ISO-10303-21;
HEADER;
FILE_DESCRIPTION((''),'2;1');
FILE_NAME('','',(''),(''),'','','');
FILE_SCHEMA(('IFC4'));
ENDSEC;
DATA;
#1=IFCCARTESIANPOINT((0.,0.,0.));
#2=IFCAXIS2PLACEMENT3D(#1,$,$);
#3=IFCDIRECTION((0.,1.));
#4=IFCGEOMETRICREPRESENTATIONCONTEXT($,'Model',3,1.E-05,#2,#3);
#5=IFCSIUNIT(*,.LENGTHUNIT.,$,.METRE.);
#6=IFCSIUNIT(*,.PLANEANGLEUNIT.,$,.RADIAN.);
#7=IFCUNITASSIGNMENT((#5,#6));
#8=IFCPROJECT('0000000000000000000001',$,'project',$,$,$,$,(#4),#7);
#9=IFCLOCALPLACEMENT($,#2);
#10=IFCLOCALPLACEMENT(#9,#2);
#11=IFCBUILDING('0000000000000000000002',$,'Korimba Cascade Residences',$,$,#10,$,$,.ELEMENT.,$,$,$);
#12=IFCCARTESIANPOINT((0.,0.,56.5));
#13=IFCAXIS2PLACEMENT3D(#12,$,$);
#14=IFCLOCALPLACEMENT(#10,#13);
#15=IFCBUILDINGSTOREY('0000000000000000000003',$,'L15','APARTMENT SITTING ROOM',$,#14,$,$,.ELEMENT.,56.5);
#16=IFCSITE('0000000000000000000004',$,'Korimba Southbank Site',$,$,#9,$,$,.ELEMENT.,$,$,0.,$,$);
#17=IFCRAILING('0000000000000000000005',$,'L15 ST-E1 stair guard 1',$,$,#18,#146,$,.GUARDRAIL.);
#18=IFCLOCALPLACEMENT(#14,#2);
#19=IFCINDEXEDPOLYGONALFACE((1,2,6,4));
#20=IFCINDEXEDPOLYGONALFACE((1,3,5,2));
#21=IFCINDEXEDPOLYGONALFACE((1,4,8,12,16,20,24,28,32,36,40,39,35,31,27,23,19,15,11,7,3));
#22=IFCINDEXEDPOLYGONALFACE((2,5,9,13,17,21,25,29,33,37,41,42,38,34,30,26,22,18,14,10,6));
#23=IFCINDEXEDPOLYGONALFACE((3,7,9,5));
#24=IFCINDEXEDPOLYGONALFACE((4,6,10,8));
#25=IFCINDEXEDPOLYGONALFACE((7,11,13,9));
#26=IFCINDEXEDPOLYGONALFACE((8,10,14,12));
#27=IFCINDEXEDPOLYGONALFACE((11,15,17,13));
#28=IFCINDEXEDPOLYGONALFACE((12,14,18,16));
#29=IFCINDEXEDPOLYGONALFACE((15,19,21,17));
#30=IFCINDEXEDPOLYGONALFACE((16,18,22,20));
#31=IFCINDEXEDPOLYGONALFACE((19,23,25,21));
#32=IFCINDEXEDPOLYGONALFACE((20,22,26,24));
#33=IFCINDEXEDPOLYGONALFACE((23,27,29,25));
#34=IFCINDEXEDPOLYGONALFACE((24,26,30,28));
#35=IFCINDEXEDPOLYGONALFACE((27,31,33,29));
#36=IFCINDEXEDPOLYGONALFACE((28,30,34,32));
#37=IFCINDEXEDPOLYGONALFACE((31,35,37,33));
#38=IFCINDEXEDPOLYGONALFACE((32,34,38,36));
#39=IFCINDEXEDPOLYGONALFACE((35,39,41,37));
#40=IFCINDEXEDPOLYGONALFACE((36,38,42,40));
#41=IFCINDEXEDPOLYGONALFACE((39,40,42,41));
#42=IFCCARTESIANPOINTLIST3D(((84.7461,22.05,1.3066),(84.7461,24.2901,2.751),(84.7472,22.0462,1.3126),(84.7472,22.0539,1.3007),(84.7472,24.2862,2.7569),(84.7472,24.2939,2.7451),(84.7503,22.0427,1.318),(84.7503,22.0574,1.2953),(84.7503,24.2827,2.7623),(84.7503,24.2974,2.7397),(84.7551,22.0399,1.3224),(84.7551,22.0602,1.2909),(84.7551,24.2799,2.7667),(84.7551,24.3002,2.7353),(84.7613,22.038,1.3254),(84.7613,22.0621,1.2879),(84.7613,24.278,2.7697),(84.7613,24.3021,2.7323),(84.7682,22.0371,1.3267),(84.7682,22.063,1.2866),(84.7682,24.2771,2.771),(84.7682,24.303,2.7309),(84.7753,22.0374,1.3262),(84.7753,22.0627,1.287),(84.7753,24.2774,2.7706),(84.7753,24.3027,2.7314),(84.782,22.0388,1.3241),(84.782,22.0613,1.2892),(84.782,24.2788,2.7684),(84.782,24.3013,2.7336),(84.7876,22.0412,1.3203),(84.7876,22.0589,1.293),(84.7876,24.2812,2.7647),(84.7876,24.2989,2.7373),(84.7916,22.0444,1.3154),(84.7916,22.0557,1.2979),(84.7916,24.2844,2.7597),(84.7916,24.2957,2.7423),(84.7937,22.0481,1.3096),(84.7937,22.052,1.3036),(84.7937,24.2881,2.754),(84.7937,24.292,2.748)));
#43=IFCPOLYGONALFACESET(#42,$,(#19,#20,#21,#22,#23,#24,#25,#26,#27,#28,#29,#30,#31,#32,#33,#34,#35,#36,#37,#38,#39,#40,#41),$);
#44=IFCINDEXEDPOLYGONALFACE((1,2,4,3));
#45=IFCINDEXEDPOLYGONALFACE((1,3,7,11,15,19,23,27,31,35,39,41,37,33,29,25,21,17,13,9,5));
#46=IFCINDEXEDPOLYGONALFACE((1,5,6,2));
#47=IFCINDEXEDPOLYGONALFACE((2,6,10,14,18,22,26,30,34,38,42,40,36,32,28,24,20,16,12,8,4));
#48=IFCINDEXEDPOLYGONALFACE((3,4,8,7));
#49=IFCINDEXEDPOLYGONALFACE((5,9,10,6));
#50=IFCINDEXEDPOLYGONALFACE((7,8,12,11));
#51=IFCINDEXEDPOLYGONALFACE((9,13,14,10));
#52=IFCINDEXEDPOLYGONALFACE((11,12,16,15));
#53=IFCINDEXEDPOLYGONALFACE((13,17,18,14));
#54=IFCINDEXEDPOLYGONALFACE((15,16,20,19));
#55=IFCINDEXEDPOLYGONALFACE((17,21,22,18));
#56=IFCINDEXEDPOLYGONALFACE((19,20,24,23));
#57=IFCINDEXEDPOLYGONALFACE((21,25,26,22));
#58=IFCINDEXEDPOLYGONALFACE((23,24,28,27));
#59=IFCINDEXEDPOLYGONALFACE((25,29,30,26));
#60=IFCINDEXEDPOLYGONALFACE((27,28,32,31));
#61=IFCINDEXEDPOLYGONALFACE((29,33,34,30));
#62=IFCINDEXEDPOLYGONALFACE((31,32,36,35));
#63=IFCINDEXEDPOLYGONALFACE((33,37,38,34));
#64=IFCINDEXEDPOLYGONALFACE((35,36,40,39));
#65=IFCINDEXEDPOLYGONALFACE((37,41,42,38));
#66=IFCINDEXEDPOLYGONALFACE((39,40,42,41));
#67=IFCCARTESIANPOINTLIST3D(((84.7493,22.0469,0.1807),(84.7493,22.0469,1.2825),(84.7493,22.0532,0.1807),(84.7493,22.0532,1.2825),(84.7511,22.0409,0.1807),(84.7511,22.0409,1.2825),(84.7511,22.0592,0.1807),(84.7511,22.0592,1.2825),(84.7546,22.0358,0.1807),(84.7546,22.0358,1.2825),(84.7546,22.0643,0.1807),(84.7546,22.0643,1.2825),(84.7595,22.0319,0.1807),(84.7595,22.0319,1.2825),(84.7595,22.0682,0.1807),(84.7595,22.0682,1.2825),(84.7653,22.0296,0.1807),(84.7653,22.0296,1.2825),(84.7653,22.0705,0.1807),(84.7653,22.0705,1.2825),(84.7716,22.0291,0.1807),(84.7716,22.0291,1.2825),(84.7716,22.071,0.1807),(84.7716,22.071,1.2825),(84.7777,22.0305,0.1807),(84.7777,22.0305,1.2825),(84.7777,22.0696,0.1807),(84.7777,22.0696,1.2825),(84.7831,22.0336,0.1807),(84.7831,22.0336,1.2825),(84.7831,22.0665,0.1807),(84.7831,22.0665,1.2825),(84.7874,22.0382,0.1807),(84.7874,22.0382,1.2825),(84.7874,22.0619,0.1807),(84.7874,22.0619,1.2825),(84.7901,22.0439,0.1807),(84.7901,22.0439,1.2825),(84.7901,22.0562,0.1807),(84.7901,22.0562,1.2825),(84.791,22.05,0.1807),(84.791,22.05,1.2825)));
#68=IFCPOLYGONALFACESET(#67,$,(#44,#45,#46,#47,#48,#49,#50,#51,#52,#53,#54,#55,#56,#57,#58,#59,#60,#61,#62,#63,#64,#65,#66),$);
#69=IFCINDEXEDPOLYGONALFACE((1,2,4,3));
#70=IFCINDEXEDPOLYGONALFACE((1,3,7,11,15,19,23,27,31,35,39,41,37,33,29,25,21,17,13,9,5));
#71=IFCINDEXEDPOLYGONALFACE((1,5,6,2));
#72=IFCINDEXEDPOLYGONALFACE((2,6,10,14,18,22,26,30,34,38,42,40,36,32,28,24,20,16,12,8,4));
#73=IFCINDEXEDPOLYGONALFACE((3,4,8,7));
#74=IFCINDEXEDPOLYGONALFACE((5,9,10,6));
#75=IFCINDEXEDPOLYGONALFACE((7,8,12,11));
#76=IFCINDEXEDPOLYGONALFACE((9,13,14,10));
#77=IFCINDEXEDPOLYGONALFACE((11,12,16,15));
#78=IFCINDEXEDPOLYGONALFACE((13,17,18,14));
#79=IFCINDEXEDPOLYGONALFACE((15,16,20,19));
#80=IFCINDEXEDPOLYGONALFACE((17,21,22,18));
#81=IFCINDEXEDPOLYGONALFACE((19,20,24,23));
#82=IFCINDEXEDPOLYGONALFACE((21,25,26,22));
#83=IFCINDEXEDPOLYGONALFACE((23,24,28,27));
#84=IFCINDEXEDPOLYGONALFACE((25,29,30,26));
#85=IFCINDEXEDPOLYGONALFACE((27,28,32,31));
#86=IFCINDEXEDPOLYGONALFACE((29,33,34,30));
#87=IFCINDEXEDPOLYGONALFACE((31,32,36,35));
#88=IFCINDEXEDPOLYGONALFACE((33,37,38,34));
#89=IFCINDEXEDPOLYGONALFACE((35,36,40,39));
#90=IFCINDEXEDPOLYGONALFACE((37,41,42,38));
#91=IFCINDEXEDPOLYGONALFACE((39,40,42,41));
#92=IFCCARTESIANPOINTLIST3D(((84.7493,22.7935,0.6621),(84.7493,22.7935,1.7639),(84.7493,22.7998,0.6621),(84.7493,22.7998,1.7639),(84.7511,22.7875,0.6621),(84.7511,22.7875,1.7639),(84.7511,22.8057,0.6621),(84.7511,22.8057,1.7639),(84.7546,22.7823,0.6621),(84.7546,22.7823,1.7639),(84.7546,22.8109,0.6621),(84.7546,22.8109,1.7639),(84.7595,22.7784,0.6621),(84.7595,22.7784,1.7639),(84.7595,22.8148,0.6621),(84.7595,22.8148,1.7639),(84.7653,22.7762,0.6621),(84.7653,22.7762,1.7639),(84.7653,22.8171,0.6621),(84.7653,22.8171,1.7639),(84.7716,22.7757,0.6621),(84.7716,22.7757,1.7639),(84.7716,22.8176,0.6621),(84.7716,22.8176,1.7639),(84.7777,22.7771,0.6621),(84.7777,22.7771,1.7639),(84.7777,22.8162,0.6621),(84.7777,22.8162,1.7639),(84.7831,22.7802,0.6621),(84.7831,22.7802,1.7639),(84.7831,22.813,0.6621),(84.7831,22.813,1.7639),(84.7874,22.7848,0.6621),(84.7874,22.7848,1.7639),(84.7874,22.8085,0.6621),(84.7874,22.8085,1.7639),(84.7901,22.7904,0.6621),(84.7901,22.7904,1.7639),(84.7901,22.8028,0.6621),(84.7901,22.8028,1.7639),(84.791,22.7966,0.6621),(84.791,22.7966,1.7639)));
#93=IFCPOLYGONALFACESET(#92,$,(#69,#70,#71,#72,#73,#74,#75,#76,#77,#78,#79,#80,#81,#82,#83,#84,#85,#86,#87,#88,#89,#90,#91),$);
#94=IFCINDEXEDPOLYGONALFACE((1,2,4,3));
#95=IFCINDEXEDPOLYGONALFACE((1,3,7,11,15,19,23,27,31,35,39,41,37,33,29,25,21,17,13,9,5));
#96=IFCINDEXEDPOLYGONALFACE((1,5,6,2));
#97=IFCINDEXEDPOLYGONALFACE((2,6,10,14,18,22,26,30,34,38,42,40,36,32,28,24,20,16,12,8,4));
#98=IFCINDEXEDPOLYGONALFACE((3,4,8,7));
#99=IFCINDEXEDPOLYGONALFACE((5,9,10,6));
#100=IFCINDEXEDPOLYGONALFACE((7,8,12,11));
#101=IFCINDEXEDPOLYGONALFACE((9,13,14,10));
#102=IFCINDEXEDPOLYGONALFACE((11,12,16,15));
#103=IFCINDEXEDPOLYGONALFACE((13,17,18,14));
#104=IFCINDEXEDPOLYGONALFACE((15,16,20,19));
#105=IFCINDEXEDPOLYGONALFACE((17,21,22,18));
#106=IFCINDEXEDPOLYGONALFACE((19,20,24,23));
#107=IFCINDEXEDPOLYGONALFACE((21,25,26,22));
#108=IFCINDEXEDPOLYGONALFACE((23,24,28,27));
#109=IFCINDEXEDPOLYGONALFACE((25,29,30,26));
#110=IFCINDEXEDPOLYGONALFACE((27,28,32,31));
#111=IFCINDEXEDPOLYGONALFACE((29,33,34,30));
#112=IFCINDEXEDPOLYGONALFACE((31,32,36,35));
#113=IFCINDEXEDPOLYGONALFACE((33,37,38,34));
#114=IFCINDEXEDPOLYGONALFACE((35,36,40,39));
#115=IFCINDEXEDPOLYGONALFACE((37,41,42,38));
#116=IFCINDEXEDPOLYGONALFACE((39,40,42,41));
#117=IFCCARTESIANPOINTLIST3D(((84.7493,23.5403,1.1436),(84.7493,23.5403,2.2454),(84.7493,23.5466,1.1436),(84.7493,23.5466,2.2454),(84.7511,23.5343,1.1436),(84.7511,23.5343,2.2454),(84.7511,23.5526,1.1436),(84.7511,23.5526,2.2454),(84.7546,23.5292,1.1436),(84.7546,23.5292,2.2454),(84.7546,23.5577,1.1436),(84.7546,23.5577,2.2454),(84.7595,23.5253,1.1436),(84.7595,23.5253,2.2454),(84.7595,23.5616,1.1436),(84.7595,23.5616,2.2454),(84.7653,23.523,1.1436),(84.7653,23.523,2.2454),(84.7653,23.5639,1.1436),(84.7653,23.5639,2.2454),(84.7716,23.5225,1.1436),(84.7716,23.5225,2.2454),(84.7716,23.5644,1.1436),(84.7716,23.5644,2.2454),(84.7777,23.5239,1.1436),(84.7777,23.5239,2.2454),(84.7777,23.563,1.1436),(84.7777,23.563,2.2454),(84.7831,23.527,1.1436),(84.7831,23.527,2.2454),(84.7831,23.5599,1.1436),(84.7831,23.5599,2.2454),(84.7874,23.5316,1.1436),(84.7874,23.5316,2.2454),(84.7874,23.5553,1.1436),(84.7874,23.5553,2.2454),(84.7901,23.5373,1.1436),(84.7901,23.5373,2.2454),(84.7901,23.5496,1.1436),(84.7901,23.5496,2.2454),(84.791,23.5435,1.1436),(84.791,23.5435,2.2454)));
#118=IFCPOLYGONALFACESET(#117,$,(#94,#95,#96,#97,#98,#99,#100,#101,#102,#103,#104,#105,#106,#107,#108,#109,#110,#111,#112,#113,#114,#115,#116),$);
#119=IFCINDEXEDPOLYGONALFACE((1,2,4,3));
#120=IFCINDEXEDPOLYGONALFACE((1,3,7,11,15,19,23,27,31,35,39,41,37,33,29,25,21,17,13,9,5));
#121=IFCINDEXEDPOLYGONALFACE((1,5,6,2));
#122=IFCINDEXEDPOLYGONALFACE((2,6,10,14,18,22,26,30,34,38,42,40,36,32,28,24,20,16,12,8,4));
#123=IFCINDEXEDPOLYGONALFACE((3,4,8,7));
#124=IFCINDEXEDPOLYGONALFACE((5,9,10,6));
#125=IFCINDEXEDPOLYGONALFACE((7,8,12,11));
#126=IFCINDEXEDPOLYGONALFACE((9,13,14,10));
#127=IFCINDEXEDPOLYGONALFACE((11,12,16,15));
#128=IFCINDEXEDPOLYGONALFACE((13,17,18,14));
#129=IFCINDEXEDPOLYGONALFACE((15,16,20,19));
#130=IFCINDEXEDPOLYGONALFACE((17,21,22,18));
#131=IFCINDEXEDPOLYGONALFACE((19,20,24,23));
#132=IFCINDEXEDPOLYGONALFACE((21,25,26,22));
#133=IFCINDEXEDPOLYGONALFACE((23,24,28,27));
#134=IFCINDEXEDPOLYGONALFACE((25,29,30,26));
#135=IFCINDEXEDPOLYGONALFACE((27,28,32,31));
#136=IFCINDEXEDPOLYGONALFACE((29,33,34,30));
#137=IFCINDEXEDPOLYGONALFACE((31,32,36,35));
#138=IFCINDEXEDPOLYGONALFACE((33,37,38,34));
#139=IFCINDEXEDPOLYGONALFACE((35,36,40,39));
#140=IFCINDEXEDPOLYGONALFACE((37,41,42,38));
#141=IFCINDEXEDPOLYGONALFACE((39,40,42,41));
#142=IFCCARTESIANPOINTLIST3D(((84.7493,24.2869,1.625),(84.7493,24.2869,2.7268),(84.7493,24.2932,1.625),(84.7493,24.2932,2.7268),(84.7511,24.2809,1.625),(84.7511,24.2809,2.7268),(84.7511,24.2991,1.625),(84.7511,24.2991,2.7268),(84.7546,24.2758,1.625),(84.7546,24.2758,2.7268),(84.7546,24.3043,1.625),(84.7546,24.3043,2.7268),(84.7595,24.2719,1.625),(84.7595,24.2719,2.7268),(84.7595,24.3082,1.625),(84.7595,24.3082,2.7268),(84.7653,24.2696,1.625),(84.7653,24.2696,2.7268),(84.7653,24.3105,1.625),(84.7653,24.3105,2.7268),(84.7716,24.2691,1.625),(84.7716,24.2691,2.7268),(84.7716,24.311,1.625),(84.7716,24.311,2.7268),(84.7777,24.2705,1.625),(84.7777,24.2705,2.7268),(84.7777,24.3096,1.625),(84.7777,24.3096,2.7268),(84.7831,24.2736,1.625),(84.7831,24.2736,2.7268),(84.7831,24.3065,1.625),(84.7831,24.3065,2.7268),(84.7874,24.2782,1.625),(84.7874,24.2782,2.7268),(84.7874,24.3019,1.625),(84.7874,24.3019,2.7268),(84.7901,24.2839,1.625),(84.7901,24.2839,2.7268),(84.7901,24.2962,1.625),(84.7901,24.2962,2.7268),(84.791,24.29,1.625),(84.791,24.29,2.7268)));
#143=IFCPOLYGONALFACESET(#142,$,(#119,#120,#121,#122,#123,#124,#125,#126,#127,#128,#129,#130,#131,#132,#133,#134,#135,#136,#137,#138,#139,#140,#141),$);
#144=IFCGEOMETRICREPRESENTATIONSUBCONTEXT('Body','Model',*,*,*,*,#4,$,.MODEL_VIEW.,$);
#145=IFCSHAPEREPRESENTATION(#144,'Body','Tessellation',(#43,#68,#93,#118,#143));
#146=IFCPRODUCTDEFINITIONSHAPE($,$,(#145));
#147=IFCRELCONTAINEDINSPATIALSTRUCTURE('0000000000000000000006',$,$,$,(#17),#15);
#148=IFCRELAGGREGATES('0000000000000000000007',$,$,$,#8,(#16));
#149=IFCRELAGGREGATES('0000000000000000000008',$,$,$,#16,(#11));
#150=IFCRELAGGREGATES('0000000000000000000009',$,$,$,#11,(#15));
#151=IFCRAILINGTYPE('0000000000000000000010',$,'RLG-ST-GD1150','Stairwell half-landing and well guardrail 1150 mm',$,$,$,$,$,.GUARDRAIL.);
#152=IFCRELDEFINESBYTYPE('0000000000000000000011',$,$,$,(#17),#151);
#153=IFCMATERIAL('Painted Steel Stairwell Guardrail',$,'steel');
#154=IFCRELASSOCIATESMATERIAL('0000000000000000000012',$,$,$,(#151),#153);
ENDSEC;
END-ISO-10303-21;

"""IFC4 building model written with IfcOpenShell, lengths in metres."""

from ifc_helpers import new_model, si_unit, direction, frame, origin, origin_2d, place, context, subcontext, project, spatial, circle, extrude, material, type_object, element, save


model = new_model("IFC4")

# Units and contexts
model_context = context("Model", 3, precision=1e-05, world=origin(), true_north=direction((0.0, 1.0)))
body_context = subcontext(model_context, "Body", "Model", "MODEL_VIEW")
ifc_project = project(units=[si_unit("LENGTHUNIT", "METRE"), si_unit("PLANEANGLEUNIT", "RADIAN")], contexts=[model_context])

# Site, building, storey
site_placement = place(None, origin())
site = spatial("IfcSite", under=ifc_project, at=site_placement, Name="Korimba Southbank Site", CompositionType="ELEMENT", RefElevation=0.0)
building_placement = place(site_placement, origin())
building = spatial("IfcBuilding", under=site, at=building_placement, Name="Korimba Cascade Residences", CompositionType="ELEMENT")
storey_placement = place(building_placement, frame((0.0, 0.0, 56.5)))
storey = spatial("IfcBuildingStorey", under=building, at=storey_placement, Name="L15", Description="APARTMENT SITTING ROOM", CompositionType="ELEMENT", Elevation=56.5)

# Railing
ifc_material_1 = material(Name="Painted Steel Stairwell Guardrail", Category="steel")
railing_type_1 = type_object("IfcRailingType", Name="RLG-ST-GD1150", Description="Stairwell half-landing and well guardrail 1150 mm", PredefinedType="GUARDRAIL", material=ifc_material_1)
railing_1_placement = place(storey_placement, frame((84.77, 22.05, 0.1807)))
element("IfcRailing", 1, at=railing_1_placement, inside=storey, type_object=railing_type_1, Name="L15 ST-E1 stair guard 1", PredefinedType="GUARDRAIL", context=body_context, shape_type="SweptSolid", body=[
    extrude(circle(Radius=0.0239, at=origin_2d()), frame((0.0, 0.0, 1.126), z_axis=(0.0, 0.840437, 0.54191), x_axis=(-1.0, 0.0, 0.0)), (0.0, 0.0, 1.0), 2.6653),
    extrude(circle(Radius=0.021, at=origin_2d()), origin(), (0.0, 0.0, 1.0), 1.1018),
    extrude(circle(Radius=0.021, at=origin_2d()), frame((0.0, 0.7466, 0.4814)), (0.0, 0.0, 1.0), 1.1018),
    extrude(circle(Radius=0.021, at=origin_2d()), frame((0.0, 1.4934, 0.9629)), (0.0, 0.0, 1.0), 1.1018),
    extrude(circle(Radius=0.021, at=origin_2d()), frame((0.0, 2.24, 1.4443)), (0.0, 0.0, 1.0), 1.1018),
])

save(model, "model.ifc")
